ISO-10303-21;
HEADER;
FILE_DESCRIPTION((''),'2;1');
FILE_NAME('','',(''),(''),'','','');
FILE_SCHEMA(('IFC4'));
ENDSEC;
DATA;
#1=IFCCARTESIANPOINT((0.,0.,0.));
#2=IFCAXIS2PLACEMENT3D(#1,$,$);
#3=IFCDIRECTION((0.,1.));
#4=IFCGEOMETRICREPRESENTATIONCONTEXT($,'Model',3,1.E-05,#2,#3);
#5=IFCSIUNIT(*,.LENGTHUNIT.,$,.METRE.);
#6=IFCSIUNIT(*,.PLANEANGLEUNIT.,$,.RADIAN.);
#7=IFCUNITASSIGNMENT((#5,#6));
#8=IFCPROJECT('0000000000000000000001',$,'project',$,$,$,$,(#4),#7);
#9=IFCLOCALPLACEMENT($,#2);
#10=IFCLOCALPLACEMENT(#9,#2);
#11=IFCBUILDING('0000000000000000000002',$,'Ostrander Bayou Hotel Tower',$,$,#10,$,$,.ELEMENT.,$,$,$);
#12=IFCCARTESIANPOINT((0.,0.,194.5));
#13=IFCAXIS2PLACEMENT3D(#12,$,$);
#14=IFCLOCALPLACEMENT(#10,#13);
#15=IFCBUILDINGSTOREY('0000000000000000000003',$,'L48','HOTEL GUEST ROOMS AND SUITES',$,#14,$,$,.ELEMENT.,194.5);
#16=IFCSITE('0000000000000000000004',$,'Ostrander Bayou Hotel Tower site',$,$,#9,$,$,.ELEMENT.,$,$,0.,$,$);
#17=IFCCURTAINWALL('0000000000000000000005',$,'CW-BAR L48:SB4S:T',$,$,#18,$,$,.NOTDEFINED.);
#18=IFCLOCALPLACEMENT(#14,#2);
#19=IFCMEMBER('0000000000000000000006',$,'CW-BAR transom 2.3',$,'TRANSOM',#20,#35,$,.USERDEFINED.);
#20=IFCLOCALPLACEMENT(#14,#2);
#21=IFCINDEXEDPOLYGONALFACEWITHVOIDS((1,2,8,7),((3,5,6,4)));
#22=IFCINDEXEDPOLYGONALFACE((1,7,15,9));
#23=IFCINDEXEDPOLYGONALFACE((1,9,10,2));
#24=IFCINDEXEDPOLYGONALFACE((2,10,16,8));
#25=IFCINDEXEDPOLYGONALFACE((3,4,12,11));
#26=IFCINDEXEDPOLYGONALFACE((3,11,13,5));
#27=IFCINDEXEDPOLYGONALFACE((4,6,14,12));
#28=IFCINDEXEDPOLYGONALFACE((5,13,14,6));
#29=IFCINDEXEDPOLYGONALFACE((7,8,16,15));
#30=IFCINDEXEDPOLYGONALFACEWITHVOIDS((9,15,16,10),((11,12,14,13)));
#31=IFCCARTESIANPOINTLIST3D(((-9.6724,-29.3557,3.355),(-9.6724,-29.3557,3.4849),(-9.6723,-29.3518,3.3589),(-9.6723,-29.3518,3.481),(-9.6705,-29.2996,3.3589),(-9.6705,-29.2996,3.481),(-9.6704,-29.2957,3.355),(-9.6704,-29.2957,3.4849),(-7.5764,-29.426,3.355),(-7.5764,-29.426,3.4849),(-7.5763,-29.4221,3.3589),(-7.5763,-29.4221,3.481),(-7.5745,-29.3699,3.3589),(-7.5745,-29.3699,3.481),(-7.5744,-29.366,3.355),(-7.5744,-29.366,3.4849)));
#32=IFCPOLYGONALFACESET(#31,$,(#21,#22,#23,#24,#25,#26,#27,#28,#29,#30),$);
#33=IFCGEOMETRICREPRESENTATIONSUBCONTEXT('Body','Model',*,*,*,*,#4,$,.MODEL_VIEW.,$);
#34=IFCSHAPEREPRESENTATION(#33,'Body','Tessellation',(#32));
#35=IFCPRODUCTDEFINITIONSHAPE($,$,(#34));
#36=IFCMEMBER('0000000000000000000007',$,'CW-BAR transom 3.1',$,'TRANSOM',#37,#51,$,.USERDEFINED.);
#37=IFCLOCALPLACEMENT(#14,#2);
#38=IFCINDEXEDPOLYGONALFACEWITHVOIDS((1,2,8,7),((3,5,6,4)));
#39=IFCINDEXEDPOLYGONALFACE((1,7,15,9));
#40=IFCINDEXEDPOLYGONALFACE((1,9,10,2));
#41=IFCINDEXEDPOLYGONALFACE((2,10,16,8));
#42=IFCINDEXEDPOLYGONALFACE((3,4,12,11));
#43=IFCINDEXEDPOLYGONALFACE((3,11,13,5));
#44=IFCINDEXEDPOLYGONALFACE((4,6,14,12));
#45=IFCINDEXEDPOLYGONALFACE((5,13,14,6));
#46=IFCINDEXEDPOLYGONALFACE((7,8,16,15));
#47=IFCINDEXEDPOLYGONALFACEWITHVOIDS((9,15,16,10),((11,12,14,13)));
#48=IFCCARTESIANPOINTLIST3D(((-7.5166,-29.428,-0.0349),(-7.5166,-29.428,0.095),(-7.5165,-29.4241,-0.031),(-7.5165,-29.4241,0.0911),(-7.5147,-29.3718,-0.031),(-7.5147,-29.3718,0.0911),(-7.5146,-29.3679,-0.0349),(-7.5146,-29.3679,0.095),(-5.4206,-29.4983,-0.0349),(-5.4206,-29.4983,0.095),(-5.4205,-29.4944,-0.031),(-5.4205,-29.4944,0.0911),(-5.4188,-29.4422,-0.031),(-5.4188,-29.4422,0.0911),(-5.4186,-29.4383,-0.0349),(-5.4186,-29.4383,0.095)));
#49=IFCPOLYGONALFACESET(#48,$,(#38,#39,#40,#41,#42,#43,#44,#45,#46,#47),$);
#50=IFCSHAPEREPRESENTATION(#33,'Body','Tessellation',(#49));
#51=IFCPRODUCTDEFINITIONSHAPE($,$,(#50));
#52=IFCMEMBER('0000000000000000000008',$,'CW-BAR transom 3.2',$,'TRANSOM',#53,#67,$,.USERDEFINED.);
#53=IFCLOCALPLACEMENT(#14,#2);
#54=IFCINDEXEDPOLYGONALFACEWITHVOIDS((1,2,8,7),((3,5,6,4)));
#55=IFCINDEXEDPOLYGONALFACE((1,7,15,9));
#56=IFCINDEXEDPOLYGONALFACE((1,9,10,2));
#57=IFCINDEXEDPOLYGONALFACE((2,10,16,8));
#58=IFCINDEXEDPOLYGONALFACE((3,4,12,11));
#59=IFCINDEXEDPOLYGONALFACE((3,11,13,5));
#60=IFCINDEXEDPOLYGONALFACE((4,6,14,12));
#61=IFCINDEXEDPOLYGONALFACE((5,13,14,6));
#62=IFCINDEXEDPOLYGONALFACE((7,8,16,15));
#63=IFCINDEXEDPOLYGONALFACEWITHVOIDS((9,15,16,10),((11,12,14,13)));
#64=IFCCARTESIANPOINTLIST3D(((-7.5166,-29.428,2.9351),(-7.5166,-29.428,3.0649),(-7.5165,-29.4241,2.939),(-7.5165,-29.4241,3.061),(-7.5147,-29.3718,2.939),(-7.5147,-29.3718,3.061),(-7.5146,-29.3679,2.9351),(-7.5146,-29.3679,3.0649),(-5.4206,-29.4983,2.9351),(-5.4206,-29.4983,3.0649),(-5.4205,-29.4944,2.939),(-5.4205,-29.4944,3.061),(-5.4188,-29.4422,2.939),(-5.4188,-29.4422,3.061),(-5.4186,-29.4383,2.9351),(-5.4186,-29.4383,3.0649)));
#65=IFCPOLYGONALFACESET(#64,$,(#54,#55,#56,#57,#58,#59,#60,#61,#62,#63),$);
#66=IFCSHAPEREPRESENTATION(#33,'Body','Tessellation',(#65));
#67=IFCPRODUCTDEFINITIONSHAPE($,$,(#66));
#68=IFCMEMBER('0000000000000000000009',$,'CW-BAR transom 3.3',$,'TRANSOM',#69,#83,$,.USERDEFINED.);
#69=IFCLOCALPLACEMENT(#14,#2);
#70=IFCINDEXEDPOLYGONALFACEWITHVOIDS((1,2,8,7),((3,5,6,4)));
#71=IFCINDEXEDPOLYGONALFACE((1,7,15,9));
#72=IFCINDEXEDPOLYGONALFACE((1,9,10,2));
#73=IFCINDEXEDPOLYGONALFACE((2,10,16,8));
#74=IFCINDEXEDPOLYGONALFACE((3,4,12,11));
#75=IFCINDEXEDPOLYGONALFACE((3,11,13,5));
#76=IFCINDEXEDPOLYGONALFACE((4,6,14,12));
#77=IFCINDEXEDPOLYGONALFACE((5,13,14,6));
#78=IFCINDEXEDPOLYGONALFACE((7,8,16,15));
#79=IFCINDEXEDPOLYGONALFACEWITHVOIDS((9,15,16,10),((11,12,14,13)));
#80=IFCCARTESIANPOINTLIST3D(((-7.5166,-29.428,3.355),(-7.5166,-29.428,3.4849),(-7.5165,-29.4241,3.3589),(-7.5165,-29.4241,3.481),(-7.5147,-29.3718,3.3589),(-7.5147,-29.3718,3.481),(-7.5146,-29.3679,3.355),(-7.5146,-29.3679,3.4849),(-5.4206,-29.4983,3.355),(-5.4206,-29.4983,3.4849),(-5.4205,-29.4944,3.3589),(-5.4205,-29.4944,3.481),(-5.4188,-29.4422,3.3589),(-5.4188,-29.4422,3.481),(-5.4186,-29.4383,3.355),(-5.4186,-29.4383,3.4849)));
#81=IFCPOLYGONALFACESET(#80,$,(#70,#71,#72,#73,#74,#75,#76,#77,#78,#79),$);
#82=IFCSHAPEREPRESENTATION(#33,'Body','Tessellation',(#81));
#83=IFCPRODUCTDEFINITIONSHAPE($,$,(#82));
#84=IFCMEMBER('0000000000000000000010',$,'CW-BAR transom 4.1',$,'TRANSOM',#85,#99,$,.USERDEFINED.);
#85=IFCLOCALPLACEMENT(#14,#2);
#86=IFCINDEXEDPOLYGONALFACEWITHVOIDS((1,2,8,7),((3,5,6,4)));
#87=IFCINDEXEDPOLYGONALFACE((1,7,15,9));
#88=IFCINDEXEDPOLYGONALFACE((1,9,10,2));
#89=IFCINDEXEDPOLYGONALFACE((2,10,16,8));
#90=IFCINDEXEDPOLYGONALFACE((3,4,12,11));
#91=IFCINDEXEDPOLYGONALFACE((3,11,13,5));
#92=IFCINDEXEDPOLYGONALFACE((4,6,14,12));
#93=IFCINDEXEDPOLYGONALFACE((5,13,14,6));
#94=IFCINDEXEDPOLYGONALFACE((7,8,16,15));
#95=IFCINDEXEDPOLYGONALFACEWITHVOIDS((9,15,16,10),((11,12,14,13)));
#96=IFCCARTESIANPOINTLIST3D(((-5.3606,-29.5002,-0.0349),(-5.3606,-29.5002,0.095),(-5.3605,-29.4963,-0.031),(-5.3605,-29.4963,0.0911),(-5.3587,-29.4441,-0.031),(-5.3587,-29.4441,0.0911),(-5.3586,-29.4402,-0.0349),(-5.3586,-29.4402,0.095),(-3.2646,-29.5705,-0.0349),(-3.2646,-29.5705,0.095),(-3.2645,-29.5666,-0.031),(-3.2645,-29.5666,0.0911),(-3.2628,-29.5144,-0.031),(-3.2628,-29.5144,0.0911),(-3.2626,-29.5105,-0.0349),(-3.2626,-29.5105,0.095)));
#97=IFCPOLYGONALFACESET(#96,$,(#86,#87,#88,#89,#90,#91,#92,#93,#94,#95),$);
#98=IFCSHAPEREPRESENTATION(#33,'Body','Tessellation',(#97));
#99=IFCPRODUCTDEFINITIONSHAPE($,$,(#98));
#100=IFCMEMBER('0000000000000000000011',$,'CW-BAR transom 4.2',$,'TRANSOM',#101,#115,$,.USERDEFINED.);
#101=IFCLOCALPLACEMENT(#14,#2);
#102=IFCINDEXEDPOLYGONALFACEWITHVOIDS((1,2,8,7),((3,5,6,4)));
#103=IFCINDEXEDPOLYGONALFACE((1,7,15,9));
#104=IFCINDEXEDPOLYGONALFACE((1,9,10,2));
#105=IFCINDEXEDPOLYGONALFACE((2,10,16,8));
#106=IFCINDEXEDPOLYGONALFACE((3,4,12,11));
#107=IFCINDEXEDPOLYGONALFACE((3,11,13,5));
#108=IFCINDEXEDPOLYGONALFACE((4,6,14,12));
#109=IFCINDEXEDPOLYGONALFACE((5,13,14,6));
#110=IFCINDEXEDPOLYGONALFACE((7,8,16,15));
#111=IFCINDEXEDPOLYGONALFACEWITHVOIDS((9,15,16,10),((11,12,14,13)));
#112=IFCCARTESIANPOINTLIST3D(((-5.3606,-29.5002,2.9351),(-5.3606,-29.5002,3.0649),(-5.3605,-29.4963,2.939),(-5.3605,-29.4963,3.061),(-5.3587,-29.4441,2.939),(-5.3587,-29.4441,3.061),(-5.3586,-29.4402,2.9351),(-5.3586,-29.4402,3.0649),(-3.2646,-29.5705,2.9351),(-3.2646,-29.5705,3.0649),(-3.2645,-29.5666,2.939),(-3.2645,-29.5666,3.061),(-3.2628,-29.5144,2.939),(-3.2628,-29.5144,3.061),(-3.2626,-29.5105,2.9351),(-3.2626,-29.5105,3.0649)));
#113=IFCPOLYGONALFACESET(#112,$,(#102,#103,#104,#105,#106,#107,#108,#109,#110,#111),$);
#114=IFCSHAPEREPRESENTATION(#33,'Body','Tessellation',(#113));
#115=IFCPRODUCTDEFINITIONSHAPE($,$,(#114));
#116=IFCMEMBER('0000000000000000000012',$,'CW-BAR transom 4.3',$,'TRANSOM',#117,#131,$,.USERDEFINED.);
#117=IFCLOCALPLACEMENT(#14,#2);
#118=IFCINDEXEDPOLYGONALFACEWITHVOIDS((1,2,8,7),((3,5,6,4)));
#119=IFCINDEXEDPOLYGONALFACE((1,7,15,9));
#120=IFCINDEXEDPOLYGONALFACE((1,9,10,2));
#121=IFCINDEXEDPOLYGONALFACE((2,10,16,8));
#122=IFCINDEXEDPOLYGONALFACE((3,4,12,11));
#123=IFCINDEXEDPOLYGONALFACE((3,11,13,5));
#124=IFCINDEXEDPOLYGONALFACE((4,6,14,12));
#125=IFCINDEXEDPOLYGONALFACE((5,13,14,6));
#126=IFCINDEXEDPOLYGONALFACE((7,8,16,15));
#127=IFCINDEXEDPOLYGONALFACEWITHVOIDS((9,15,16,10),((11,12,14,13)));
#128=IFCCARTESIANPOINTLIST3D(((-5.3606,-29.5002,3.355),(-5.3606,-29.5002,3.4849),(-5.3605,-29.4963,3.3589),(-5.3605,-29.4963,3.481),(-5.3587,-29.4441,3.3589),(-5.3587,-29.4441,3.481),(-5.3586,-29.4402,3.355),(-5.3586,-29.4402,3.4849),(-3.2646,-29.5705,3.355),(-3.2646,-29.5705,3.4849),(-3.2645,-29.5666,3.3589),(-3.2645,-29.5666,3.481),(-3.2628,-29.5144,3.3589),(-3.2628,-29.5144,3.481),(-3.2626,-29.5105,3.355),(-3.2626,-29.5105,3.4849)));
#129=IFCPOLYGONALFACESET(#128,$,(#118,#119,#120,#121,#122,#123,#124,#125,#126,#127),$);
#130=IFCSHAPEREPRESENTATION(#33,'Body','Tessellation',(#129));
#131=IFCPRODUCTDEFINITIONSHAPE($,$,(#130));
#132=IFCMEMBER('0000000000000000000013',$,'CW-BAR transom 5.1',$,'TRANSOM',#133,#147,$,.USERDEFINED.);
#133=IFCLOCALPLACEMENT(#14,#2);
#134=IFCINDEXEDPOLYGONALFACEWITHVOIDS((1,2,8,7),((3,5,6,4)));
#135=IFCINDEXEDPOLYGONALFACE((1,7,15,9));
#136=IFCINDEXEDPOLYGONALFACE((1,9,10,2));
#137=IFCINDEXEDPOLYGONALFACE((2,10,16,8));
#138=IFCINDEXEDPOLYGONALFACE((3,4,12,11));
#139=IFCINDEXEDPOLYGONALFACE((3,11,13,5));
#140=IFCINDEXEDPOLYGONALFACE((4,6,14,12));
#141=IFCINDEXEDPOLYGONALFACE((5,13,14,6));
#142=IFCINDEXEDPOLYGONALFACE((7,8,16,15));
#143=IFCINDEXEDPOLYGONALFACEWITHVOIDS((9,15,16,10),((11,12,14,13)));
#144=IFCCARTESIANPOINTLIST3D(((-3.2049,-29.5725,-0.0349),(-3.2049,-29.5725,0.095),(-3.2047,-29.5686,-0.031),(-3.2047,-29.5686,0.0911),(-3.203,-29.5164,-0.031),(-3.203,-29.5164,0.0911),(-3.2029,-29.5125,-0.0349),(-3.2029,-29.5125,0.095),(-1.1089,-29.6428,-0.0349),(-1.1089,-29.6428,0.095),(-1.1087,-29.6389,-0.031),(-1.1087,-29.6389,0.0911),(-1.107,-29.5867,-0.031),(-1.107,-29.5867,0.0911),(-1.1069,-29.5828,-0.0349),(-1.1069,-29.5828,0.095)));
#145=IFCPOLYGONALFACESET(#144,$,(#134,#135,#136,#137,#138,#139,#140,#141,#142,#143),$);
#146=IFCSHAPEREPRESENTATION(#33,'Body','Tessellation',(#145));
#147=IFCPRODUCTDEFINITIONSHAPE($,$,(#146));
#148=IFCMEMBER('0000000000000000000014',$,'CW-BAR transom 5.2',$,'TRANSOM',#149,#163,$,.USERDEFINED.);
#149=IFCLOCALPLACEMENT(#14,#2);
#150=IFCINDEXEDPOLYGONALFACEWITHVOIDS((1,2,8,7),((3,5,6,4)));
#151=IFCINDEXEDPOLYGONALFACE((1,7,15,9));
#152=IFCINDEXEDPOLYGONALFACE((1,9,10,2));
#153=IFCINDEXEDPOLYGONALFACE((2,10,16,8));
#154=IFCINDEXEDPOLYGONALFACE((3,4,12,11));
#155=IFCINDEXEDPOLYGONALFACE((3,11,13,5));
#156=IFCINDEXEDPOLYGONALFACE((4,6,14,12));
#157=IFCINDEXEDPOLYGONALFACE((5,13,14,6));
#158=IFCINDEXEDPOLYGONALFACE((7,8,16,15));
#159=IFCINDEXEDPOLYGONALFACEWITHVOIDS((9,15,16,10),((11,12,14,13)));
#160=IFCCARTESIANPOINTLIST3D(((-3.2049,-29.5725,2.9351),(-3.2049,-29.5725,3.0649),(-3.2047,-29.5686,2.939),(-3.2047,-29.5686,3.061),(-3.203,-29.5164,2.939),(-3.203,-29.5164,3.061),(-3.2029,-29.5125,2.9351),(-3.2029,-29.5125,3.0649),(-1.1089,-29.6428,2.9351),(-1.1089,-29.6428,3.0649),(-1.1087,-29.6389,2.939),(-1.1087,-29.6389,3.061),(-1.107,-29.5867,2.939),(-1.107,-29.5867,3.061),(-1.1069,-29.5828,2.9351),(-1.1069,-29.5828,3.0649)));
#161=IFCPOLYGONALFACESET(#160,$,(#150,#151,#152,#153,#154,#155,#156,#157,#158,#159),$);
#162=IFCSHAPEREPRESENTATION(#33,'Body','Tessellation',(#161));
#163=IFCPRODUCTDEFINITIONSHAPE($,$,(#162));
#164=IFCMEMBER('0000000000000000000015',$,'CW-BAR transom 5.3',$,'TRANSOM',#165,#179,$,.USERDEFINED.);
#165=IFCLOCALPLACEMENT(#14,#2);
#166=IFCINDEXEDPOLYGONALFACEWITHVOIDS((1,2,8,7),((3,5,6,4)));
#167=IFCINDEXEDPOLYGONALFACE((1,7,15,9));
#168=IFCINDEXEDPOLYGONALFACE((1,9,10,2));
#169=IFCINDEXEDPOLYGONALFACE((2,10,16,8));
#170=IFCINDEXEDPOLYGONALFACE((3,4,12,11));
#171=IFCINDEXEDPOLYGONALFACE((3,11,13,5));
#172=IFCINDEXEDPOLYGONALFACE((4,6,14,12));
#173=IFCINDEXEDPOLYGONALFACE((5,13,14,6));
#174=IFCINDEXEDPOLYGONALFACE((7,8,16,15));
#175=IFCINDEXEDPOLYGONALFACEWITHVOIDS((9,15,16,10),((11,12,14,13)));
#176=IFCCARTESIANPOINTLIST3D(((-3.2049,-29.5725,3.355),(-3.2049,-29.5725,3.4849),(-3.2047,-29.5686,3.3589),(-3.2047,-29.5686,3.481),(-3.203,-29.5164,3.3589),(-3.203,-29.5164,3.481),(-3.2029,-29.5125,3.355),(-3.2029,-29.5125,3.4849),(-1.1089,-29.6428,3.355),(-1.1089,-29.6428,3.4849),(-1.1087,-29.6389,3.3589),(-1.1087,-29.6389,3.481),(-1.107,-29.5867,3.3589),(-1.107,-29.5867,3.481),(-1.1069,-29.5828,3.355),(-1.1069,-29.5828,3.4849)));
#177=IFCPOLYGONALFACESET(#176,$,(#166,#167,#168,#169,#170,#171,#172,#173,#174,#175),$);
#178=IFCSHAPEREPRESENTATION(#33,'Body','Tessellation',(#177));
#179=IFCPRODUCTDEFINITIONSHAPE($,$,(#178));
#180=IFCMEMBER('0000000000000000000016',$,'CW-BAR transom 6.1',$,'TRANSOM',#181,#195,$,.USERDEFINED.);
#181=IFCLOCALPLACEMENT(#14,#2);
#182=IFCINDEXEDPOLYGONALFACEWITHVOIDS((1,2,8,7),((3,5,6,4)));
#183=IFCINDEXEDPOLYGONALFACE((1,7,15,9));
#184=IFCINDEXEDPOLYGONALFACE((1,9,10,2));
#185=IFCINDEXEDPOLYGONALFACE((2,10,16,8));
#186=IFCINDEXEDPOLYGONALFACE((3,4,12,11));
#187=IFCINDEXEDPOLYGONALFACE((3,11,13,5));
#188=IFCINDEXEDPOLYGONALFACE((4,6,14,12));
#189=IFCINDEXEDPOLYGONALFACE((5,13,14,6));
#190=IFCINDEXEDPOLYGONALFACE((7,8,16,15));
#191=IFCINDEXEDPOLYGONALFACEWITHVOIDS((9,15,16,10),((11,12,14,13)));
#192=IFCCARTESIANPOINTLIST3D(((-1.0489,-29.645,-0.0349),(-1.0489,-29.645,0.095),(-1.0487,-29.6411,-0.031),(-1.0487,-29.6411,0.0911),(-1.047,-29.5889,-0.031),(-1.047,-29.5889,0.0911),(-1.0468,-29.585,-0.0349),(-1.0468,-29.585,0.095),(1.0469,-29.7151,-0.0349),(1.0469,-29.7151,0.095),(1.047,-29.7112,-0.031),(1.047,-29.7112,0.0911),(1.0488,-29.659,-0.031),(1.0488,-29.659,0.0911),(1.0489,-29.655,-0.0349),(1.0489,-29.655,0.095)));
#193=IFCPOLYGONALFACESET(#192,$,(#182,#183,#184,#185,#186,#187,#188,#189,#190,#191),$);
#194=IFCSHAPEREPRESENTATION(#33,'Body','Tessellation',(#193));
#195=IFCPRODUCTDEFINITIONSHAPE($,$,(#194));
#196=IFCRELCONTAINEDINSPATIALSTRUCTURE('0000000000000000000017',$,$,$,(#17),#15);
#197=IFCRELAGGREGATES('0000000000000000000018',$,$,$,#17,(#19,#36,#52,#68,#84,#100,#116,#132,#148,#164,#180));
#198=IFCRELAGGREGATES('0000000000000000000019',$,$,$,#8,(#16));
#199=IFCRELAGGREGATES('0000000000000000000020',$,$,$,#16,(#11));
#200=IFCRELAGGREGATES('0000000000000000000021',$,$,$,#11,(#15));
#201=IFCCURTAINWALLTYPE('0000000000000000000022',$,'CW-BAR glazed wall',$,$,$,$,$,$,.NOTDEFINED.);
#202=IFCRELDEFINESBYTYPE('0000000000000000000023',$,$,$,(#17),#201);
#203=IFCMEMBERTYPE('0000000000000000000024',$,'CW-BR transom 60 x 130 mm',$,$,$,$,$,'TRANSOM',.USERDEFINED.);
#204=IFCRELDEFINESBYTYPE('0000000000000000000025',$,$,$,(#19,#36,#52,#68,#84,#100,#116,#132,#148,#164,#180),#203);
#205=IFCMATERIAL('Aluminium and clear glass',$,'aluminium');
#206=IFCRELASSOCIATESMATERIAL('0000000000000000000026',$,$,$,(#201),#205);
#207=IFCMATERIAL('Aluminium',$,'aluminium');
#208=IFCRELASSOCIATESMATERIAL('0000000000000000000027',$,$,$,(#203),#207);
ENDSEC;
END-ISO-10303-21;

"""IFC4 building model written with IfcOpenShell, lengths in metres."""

from ifc_helpers import new_model, si_unit, direction, frame, origin, origin_2d, place, context, subcontext, project, spatial, hollow_rectangle, extrude, material, material_profile, profile_set, type_object, element, aggregate, save


model = new_model("IFC4")

# Units and contexts
model_context = context("Model", 3, precision=1e-05, world=origin(), true_north=direction((0.0, 1.0)))
body_context = subcontext(model_context, "Body", "Model", "MODEL_VIEW")
ifc_project = project(units=[si_unit("LENGTHUNIT", "METRE"), si_unit("PLANEANGLEUNIT", "RADIAN")], contexts=[model_context])

# Site, building, storey
site_placement = place(None, origin())
site = spatial("IfcSite", under=ifc_project, at=site_placement, Name="Ostrander Bayou Hotel Tower site", CompositionType="ELEMENT", RefElevation=0.0)
building_placement = place(site_placement, origin())
building = spatial("IfcBuilding", under=site, at=building_placement, Name="Ostrander Bayou Hotel Tower", CompositionType="ELEMENT")
storey_placement = place(building_placement, frame((0.0, 0.0, 194.5)))
storey = spatial("IfcBuildingStorey", under=building, at=storey_placement, Name="L48", Description="HOTEL GUEST ROOMS AND SUITES", CompositionType="ELEMENT", Elevation=194.5)

# Curtain wall, members
ifc_material_1 = material(Name="Aluminium and clear glass", Category="aluminium")
curtain_wall_type = type_object("IfcCurtainWallType", Name="CW-BAR glazed wall", PredefinedType="NOTDEFINED", material=ifc_material_1)
curtain_wall_placement = place(storey_placement, origin())
curtain_wall = element("IfcCurtainWall", 1, at=curtain_wall_placement, inside=storey, type_object=curtain_wall_type, Name="CW-BAR L48:SB4S:T", PredefinedType="NOTDEFINED")
ifc_material_2 = material(Name="Aluminium", Category="aluminium")
ifc_material_profile_1 = material_profile(ifc_material_2, hollow_rectangle(XDim=0.0601, YDim=0.1299, WallThickness=0.0039, at=origin_2d()))
ifc_profile_set_1 = profile_set([ifc_material_profile_1], Name="Aluminium")
member_type_1 = type_object("IfcMemberType", Name="CW-BR transom 60 x 130 mm", ElementType="TRANSOM", PredefinedType="USERDEFINED", material=ifc_profile_set_1)
member_1_placement = place(storey_placement, frame((-9.6714, -29.3257, 3.4199), z_axis=(0.999438, -0.033528, 0.0), x_axis=(0.033528, 0.999438, 0.0)))
member_1 = element("IfcMember", 2, at=member_1_placement, type_object=member_type_1, Name="CW-BAR transom 2.3", ObjectType="TRANSOM", PredefinedType="USERDEFINED", context=body_context, shape_type="SweptSolid", body=[
    extrude(hollow_rectangle(XDim=0.0601, YDim=0.1299, WallThickness=0.0039, at=origin_2d()), origin(), (0.0, 0.0, 1.0), 2.0972),
])
member_2_placement = place(storey_placement, frame((-7.5156, -29.3979, 0.03), z_axis=(0.999438, -0.033528, 0.0), x_axis=(0.033528, 0.999438, 0.0)))
member_2 = element("IfcMember", 3, at=member_2_placement, type_object=member_type_1, Name="CW-BAR transom 3.1", ObjectType="TRANSOM", PredefinedType="USERDEFINED", context=body_context, shape_type="SweptSolid", body=[
    extrude(hollow_rectangle(XDim=0.0601, YDim=0.1299, WallThickness=0.0039, at=origin_2d()), origin(), (0.0, 0.0, 1.0), 2.0972),
])
member_3_placement = place(storey_placement, frame((-7.5156, -29.3979, 3.0), z_axis=(0.999438, -0.033528, 0.0), x_axis=(0.033528, 0.999438, 0.0)))
member_3 = element("IfcMember", 4, at=member_3_placement, type_object=member_type_1, Name="CW-BAR transom 3.2", ObjectType="TRANSOM", PredefinedType="USERDEFINED", context=body_context, shape_type="SweptSolid", body=[
    extrude(hollow_rectangle(XDim=0.0601, YDim=0.1299, WallThickness=0.0039, at=origin_2d()), origin(), (0.0, 0.0, 1.0), 2.0972),
])
member_4_placement = place(storey_placement, frame((-7.5156, -29.3979, 3.4199), z_axis=(0.999438, -0.033528, 0.0), x_axis=(0.033528, 0.999438, 0.0)))
member_4 = element("IfcMember", 5, at=member_4_placement, type_object=member_type_1, Name="CW-BAR transom 3.3", ObjectType="TRANSOM", PredefinedType="USERDEFINED", context=body_context, shape_type="SweptSolid", body=[
    extrude(hollow_rectangle(XDim=0.0601, YDim=0.1299, WallThickness=0.0039, at=origin_2d()), origin(), (0.0, 0.0, 1.0), 2.0972),
])
member_5_placement = place(storey_placement, frame((-5.3596, -29.4702, 0.03), z_axis=(0.999438, -0.033528, 0.0), x_axis=(0.033528, 0.999438, 0.0)))
member_5 = element("IfcMember", 6, at=member_5_placement, type_object=member_type_1, Name="CW-BAR transom 4.1", ObjectType="TRANSOM", PredefinedType="USERDEFINED", context=body_context, shape_type="SweptSolid", body=[
    extrude(hollow_rectangle(XDim=0.0601, YDim=0.1299, WallThickness=0.0039, at=origin_2d()), origin(), (0.0, 0.0, 1.0), 2.0972),
])
member_6_placement = place(storey_placement, frame((-5.3596, -29.4702, 3.0), z_axis=(0.999438, -0.033528, 0.0), x_axis=(0.033528, 0.999438, 0.0)))
member_6 = element("IfcMember", 7, at=member_6_placement, type_object=member_type_1, Name="CW-BAR transom 4.2", ObjectType="TRANSOM", PredefinedType="USERDEFINED", context=body_context, shape_type="SweptSolid", body=[
    extrude(hollow_rectangle(XDim=0.0601, YDim=0.1299, WallThickness=0.0039, at=origin_2d()), origin(), (0.0, 0.0, 1.0), 2.0972),
])
member_7_placement = place(storey_placement, frame((-5.3596, -29.4702, 3.4199), z_axis=(0.999438, -0.033528, 0.0), x_axis=(0.033528, 0.999438, 0.0)))
member_7 = element("IfcMember", 8, at=member_7_placement, type_object=member_type_1, Name="CW-BAR transom 4.3", ObjectType="TRANSOM", PredefinedType="USERDEFINED", context=body_context, shape_type="SweptSolid", body=[
    extrude(hollow_rectangle(XDim=0.0601, YDim=0.1299, WallThickness=0.0039, at=origin_2d()), origin(), (0.0, 0.0, 1.0), 2.0972),
])
member_8_placement = place(storey_placement, frame((-3.2039, -29.5425, 0.03), z_axis=(0.999438, -0.033528, 0.0), x_axis=(0.033528, 0.999438, 0.0)))
member_8 = element("IfcMember", 9, at=member_8_placement, type_object=member_type_1, Name="CW-BAR transom 5.1", ObjectType="TRANSOM", PredefinedType="USERDEFINED", context=body_context, shape_type="SweptSolid", body=[
    extrude(hollow_rectangle(XDim=0.0601, YDim=0.1299, WallThickness=0.0039, at=origin_2d()), origin(), (0.0, 0.0, 1.0), 2.0972),
])
member_9_placement = place(storey_placement, frame((-3.2039, -29.5425, 3.0), z_axis=(0.999438, -0.033528, 0.0), x_axis=(0.033528, 0.999438, 0.0)))
member_9 = element("IfcMember", 10, at=member_9_placement, type_object=member_type_1, Name="CW-BAR transom 5.2", ObjectType="TRANSOM", PredefinedType="USERDEFINED", context=body_context, shape_type="SweptSolid", body=[
    extrude(hollow_rectangle(XDim=0.0601, YDim=0.1299, WallThickness=0.0039, at=origin_2d()), origin(), (0.0, 0.0, 1.0), 2.0972),
])
member_10_placement = place(storey_placement, frame((-3.2039, -29.5425, 3.4199), z_axis=(0.999438, -0.033528, 0.0), x_axis=(0.033528, 0.999438, 0.0)))
member_10 = element("IfcMember", 11, at=member_10_placement, type_object=member_type_1, Name="CW-BAR transom 5.3", ObjectType="TRANSOM", PredefinedType="USERDEFINED", context=body_context, shape_type="SweptSolid", body=[
    extrude(hollow_rectangle(XDim=0.0601, YDim=0.1299, WallThickness=0.0039, at=origin_2d()), origin(), (0.0, 0.0, 1.0), 2.0972),
])
member_11_placement = place(storey_placement, frame((-1.0479, -29.615, 0.03), z_axis=(0.999442, -0.033416, 0.0), x_axis=(0.033416, 0.999442, 0.0)))
member_11 = element("IfcMember", 12, at=member_11_placement, type_object=member_type_1, Name="CW-BAR transom 6.1", ObjectType="TRANSOM", PredefinedType="USERDEFINED", context=body_context, shape_type="SweptSolid", body=[
    extrude(hollow_rectangle(XDim=0.0601, YDim=0.1299, WallThickness=0.0039, at=origin_2d()), origin(), (0.0, 0.0, 1.0), 2.0969),
])
aggregate(curtain_wall, [member_1, member_2, member_3, member_4, member_5, member_6, member_7, member_8, member_9, member_10, member_11])

save(model, "model.ifc")
